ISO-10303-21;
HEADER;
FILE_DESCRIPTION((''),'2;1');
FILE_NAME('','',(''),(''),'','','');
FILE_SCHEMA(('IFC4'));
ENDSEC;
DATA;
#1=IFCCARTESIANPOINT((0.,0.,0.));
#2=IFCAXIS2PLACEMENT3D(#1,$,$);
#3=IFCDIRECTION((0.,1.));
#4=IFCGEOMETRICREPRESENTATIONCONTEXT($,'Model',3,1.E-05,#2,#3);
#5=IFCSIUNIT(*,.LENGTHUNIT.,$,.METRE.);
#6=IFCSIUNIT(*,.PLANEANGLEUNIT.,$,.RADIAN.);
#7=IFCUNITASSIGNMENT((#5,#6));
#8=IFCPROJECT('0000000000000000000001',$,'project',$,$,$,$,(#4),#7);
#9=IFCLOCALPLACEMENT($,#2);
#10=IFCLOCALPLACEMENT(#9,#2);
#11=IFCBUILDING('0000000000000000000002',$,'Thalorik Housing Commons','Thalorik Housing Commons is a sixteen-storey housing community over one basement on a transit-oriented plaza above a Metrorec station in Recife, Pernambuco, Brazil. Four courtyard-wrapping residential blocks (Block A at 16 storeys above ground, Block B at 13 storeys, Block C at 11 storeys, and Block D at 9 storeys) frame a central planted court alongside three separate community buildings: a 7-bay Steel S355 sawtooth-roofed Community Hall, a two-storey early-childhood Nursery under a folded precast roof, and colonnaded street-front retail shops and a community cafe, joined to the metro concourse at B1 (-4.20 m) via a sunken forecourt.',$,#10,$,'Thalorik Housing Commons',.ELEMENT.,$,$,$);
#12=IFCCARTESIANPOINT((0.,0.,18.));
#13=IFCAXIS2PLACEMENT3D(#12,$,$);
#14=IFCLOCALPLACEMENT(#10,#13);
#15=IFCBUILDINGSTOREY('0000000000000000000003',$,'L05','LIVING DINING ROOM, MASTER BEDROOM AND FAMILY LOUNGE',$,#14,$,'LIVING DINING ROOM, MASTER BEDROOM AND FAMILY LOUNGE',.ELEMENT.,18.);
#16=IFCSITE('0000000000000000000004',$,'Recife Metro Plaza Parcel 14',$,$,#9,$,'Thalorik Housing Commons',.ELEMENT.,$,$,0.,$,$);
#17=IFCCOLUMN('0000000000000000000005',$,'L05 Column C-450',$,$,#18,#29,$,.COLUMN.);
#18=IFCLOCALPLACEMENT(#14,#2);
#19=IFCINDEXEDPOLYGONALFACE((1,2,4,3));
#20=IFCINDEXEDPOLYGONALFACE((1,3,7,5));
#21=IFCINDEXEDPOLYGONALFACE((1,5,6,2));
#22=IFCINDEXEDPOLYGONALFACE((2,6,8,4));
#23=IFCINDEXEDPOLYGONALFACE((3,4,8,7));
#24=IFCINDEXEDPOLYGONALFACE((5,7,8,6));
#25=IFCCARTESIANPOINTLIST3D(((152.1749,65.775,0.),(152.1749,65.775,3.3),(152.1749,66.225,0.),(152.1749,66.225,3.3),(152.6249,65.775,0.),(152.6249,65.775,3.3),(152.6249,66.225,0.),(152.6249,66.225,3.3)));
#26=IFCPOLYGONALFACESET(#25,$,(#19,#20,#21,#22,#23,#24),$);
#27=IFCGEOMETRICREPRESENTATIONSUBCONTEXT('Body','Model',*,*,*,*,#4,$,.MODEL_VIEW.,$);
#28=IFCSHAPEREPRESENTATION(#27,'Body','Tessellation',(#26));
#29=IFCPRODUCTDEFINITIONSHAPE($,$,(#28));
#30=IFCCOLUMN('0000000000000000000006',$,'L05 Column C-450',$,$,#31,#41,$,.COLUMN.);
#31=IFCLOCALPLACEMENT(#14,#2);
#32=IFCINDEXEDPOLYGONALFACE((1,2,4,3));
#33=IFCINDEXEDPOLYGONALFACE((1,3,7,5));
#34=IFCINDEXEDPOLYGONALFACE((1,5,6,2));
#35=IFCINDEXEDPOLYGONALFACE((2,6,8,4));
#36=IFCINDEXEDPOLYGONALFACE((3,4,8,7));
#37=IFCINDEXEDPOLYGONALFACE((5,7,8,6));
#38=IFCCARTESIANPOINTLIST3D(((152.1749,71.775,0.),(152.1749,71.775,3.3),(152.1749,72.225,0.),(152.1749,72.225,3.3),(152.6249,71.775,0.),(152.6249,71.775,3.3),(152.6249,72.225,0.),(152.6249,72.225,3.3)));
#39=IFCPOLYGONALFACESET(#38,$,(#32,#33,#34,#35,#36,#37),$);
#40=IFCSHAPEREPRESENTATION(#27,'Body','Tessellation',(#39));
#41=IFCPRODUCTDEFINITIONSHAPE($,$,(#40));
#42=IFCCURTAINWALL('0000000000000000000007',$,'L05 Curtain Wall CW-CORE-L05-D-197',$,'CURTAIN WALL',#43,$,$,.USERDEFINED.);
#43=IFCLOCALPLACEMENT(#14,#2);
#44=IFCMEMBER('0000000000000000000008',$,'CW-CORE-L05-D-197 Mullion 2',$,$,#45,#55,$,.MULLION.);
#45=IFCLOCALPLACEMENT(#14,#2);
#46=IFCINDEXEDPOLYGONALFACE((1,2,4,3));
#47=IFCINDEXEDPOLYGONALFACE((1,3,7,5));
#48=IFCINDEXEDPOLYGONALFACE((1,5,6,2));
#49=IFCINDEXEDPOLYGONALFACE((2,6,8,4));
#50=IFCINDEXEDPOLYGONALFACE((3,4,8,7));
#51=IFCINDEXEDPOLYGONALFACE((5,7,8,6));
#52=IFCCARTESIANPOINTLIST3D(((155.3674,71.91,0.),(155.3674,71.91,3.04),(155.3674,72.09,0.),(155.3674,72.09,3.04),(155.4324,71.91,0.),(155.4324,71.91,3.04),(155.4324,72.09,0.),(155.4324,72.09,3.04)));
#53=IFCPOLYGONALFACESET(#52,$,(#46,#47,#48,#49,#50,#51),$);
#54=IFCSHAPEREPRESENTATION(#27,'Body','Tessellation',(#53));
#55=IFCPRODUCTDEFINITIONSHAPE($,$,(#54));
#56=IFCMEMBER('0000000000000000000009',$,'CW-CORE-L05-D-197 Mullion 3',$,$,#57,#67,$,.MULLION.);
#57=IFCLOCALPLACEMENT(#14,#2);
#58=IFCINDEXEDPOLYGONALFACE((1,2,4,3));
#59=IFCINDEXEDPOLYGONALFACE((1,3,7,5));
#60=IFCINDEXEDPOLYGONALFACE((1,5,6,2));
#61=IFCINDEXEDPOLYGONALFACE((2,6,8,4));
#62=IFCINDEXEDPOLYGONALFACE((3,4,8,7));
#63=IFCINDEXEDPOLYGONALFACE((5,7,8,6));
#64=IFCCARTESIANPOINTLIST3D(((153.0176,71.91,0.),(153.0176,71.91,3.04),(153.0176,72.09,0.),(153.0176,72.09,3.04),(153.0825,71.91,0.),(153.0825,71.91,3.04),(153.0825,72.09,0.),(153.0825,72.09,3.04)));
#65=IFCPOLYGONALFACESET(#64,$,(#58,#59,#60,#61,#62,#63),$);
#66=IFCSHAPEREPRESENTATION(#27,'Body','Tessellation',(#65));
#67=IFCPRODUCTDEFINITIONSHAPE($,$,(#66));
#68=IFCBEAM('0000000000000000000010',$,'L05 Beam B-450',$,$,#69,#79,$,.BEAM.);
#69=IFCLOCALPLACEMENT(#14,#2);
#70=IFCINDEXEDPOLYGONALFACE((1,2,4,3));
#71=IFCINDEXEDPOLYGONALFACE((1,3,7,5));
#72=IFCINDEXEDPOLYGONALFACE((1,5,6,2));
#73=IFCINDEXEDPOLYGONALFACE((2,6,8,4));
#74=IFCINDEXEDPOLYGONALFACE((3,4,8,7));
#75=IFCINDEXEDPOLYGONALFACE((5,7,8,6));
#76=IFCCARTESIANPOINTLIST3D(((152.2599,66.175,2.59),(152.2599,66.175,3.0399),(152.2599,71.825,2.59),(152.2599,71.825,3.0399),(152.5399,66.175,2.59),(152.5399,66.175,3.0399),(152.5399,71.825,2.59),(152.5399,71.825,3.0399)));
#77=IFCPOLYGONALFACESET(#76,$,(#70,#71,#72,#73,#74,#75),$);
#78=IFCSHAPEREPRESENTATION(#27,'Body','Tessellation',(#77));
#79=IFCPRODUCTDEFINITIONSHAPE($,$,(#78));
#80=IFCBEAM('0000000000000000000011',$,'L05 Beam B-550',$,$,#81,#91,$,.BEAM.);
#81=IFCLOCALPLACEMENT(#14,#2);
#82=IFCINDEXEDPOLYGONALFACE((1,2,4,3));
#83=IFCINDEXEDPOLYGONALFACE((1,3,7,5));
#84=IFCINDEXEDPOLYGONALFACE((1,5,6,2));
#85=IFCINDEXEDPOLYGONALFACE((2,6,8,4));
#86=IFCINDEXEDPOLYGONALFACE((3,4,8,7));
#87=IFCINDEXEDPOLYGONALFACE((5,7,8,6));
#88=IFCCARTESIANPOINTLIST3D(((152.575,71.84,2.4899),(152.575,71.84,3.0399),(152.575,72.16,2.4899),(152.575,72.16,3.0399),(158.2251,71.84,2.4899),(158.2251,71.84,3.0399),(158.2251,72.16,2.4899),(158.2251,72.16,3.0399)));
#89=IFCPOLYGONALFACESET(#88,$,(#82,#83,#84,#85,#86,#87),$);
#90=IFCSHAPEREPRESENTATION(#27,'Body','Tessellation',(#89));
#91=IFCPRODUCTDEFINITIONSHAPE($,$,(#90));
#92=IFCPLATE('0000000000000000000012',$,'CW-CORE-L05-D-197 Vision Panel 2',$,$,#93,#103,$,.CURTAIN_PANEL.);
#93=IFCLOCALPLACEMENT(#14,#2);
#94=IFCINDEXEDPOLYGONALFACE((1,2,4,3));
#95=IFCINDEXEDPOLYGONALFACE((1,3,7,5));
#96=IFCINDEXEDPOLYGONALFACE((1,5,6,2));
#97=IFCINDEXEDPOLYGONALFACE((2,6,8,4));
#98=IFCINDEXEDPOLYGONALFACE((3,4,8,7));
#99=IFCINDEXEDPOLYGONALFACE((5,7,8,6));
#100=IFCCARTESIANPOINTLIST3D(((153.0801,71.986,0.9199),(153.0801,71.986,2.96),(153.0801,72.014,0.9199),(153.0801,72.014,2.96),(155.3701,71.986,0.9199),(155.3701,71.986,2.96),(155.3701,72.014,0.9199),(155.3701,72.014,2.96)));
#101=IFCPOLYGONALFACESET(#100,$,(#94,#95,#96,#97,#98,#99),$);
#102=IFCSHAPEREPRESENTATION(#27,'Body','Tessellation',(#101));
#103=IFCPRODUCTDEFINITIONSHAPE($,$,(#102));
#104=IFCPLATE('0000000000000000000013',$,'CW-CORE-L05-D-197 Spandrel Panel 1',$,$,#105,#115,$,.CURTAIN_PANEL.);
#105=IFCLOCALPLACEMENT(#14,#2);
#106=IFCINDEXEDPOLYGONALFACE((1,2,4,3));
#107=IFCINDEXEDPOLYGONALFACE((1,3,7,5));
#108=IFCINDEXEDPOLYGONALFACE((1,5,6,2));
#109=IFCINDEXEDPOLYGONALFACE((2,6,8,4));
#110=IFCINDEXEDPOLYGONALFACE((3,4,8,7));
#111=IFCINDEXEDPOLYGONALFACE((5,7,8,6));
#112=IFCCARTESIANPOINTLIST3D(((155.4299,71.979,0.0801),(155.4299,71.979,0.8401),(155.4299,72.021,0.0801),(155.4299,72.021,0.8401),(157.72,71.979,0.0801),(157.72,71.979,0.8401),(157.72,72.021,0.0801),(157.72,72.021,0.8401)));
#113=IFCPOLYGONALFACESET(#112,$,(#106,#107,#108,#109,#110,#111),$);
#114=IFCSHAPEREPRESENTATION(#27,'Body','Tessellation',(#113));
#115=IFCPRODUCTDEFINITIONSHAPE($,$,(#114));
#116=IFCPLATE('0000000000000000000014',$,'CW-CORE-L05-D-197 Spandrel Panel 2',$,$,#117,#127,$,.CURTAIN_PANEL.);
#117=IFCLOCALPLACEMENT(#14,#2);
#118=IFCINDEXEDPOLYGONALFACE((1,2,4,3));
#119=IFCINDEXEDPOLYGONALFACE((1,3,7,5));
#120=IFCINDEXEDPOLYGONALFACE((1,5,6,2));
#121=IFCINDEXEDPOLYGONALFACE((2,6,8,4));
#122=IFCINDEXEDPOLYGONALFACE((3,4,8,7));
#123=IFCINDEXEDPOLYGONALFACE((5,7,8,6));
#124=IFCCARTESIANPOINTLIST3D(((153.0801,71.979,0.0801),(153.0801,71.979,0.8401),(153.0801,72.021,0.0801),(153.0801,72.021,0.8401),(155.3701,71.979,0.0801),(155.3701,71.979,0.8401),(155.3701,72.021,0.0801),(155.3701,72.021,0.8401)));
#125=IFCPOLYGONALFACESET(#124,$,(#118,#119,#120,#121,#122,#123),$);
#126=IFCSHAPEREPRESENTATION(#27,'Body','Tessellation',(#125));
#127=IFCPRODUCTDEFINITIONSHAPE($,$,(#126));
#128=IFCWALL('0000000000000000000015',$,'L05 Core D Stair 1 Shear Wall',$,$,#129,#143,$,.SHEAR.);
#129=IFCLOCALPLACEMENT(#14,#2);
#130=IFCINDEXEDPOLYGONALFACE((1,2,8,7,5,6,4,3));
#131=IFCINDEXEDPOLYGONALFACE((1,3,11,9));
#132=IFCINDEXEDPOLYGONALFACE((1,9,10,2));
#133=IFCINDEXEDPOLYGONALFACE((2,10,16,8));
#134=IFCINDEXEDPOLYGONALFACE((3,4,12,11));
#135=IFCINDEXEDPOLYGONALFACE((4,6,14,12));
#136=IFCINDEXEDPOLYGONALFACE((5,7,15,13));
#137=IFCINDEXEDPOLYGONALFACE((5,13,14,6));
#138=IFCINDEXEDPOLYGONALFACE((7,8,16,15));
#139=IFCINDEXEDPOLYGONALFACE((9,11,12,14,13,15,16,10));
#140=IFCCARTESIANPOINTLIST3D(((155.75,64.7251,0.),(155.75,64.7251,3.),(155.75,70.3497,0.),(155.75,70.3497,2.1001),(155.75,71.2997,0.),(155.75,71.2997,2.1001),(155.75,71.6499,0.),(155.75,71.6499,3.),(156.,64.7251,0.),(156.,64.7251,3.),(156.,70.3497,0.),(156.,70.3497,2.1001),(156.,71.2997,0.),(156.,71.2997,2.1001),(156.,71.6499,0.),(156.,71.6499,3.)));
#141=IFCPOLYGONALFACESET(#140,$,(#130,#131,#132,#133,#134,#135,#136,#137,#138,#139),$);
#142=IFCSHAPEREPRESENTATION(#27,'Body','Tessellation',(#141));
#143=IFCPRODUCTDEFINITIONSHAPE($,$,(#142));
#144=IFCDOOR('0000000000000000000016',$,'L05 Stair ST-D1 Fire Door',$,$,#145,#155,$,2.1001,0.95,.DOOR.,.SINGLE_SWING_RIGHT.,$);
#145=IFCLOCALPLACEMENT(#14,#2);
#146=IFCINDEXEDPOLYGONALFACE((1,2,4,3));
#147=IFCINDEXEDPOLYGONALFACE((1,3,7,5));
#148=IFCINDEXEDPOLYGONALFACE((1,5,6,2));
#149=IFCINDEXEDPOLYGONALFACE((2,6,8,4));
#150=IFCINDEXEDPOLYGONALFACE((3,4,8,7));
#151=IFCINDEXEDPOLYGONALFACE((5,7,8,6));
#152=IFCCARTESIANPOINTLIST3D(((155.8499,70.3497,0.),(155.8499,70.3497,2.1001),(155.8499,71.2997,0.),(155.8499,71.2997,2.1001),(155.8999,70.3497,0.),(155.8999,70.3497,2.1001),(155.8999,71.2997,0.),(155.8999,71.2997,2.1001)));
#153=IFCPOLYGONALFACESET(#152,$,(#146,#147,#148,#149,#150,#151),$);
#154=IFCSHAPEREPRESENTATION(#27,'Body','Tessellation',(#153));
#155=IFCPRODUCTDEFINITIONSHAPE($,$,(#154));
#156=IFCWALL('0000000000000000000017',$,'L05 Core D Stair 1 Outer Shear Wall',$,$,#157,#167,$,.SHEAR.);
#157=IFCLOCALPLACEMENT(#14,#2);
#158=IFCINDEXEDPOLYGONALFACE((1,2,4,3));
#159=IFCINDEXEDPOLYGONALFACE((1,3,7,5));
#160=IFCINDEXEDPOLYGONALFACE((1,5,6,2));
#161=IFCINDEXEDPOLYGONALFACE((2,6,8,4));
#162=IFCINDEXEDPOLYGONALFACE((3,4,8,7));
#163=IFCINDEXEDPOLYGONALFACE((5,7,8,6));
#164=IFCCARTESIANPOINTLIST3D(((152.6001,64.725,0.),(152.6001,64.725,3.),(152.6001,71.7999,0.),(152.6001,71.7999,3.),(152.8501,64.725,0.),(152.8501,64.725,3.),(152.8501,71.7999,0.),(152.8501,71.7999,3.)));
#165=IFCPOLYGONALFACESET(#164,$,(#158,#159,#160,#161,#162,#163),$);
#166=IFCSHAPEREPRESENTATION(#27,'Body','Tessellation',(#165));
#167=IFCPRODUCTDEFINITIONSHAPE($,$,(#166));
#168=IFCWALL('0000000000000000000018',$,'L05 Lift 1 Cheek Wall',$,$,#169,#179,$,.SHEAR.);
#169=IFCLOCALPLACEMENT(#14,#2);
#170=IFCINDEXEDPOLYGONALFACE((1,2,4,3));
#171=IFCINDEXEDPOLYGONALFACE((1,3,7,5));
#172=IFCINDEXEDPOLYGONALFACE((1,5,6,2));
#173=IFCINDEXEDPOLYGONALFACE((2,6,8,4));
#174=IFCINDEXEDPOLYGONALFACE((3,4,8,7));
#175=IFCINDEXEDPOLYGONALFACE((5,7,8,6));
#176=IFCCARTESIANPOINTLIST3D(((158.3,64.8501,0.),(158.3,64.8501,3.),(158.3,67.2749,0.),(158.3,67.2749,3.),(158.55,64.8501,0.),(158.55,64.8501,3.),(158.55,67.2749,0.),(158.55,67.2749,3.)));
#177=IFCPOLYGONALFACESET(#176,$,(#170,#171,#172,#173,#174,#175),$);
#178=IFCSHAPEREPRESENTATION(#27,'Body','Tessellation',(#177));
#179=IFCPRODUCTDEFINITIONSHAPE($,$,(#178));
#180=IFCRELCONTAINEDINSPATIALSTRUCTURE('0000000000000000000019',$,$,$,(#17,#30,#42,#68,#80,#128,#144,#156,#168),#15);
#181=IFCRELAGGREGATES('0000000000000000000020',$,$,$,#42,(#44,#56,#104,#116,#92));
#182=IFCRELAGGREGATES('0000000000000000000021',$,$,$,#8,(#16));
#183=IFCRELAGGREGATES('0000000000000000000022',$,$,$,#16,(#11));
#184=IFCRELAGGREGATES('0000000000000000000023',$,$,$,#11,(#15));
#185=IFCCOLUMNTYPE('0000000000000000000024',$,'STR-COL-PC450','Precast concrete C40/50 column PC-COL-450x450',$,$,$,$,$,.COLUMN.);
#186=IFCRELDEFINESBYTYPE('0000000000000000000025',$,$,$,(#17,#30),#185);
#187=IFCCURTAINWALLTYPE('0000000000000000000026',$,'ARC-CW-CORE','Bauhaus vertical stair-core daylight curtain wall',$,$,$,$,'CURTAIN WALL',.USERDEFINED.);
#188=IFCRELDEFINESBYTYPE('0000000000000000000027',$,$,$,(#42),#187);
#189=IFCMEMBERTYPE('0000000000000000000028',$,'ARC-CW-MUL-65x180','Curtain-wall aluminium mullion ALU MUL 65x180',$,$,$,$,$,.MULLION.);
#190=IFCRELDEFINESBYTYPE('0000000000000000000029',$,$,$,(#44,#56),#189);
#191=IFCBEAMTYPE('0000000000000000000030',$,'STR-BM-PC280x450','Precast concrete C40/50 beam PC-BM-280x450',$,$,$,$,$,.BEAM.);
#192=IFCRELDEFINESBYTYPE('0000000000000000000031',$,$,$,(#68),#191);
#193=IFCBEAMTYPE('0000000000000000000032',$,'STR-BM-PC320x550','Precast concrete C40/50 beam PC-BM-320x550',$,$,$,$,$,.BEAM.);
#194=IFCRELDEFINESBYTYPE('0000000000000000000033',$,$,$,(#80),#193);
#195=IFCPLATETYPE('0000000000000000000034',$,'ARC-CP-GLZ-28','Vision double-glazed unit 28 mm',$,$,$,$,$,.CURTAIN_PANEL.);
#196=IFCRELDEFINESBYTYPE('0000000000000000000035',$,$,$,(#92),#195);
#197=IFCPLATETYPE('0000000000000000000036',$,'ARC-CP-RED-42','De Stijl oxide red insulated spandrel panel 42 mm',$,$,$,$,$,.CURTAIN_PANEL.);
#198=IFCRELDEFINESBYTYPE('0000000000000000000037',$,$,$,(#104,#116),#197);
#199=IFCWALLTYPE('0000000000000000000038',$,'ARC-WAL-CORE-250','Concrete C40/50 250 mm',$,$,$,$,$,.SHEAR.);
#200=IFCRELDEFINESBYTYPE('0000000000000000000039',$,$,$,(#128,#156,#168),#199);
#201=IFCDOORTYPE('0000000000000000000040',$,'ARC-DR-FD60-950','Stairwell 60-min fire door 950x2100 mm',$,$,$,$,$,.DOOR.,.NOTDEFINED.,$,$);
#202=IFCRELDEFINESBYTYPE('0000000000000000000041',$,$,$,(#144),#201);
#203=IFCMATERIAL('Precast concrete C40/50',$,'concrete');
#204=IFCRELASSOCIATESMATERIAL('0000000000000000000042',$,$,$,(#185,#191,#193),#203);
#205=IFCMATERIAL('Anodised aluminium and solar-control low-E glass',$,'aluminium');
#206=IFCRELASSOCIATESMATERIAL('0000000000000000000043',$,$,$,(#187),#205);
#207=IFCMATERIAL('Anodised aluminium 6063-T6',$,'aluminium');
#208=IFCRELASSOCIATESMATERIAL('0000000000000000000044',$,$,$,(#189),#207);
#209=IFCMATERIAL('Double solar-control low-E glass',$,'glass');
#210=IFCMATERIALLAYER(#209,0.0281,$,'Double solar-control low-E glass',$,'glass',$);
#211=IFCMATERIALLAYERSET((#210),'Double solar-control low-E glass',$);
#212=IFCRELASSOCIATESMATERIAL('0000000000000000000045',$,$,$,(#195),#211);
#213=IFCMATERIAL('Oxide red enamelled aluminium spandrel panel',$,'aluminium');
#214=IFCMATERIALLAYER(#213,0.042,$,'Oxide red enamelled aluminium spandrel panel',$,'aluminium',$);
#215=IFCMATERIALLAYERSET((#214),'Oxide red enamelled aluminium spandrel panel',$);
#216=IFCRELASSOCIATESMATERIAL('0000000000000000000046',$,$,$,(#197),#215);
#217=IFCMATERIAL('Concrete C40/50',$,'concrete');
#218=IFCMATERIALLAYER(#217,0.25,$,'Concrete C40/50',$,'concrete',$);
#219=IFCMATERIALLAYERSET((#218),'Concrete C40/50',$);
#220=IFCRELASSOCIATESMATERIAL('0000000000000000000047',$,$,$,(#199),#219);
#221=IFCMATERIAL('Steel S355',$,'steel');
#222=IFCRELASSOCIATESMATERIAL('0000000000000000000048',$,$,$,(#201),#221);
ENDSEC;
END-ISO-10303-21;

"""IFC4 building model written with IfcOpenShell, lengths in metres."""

from ifc_helpers import new_model, si_unit, direction, frame, frame_2d, origin, origin_2d, place, context, subcontext, project, spatial, rectangle, extrude, material, layer, layer_set, material_profile, profile_set, type_object, element, fill, aggregate, save


model = new_model("IFC4")

# Units and contexts
model_context = context("Model", 3, precision=1e-05, world=origin(), true_north=direction((0.0, 1.0)))
body_context = subcontext(model_context, "Body", "Model", "MODEL_VIEW")
ifc_project = project(units=[si_unit("LENGTHUNIT", "METRE"), si_unit("PLANEANGLEUNIT", "RADIAN")], contexts=[model_context])

# Site, building, storey
site_placement = place(None, origin())
site = spatial("IfcSite", under=ifc_project, at=site_placement, Name="Recife Metro Plaza Parcel 14", LongName="Thalorik Housing Commons", CompositionType="ELEMENT", RefElevation=0.0)
building_placement = place(site_placement, origin())
building = spatial("IfcBuilding", under=site, at=building_placement, Name="Thalorik Housing Commons", Description="Thalorik Housing Commons is a sixteen-storey housing community over one basement on a transit-oriented plaza above a Metrorec station in Recife, Pernambuco, Brazil. Four courtyard-wrapping residential blocks (Block A at 16 storeys above ground, Block B at 13 storeys, Block C at 11 storeys, and Block D at 9 storeys) frame a central planted court alongside three separate community buildings: a 7-bay Steel S355 sawtooth-roofed Community Hall, a two-storey early-childhood Nursery under a folded precast roof, and colonnaded street-front retail shops and a community cafe, joined to the metro concourse at B1 (-4.20 m) via a sunken forecourt.", LongName="Thalorik Housing Commons", CompositionType="ELEMENT")
storey_placement = place(building_placement, frame((0.0, 0.0, 18.0)))
storey = spatial("IfcBuildingStorey", under=building, at=storey_placement, Name="L05", Description="LIVING DINING ROOM, MASTER BEDROOM AND FAMILY LOUNGE", LongName="LIVING DINING ROOM, MASTER BEDROOM AND FAMILY LOUNGE", CompositionType="ELEMENT", Elevation=18.0)

# Columns
ifc_material_1 = material(Name="Precast concrete C40/50", Category="concrete")
ifc_material_profile_1 = material_profile(ifc_material_1, rectangle(XDim=0.45, YDim=0.45, at=origin_2d()), Name="PC 450x450", Category="concrete")
ifc_profile_set_1 = profile_set([ifc_material_profile_1], Name="Precast concrete C40/50")
column_type = type_object("IfcColumnType", Name="STR-COL-PC450", Description="Precast concrete C40/50 column PC-COL-450x450", PredefinedType="COLUMN", material=ifc_profile_set_1)
for number, where, z_axis, x_axis, name in (
    (1, (152.3999, 66.0, 0.0), (0.0, 0.0, 1.0), (1.0, 0.0, 0.0), "L05 Column C-450"),
    (2, (152.3999, 72.0, 0.0), (0.0, 0.0, 1.0), (1.0, 0.0, 0.0), "L05 Column C-450"),
):
    element("IfcColumn", number, at=place(storey_placement, frame(where, z_axis=z_axis, x_axis=x_axis)), inside=storey, type_object=column_type, Name=name, PredefinedType="COLUMN", context=body_context, shape_type="SweptSolid", body=[
        extrude(rectangle(XDim=0.45, YDim=0.45, at=origin_2d()), origin(), (0.0, 0.0, 1.0), 3.3),
    ])

# Curtain wall, members
ifc_material_2 = material(Name="Anodised aluminium and solar-control low-E glass", Category="aluminium")
curtain_wall_type = type_object("IfcCurtainWallType", Name="ARC-CW-CORE", Description="Bauhaus vertical stair-core daylight curtain wall", ElementType="CURTAIN WALL", PredefinedType="USERDEFINED", material=ifc_material_2)
curtain_wall_placement = place(storey_placement, origin())
curtain_wall = element("IfcCurtainWall", 3, at=curtain_wall_placement, inside=storey, type_object=curtain_wall_type, Name="L05 Curtain Wall CW-CORE-L05-D-197", ObjectType="CURTAIN WALL", PredefinedType="USERDEFINED")
ifc_material_3 = material(Name="Anodised aluminium 6063-T6", Category="aluminium")
ifc_material_profile_2 = material_profile(ifc_material_3, rectangle(XDim=0.0649, YDim=0.1799, at=origin_2d()), Name="ALU MUL 65x180", Category="aluminium")
ifc_profile_set_2 = profile_set([ifc_material_profile_2], Name="Anodised aluminium 6063-T6")
member_type = type_object("IfcMemberType", Name="ARC-CW-MUL-65x180", Description="Curtain-wall aluminium mullion ALU MUL 65x180", PredefinedType="MULLION", material=ifc_profile_set_2)
member_1_placement = place(storey_placement, frame((155.3999, 72.0, 0.0), z_axis=(0.0, 0.0, 1.0), x_axis=(-1.0, 0.0, 0.0)))
member_1 = element("IfcMember", 4, at=member_1_placement, type_object=member_type, Name="CW-CORE-L05-D-197 Mullion 2", PredefinedType="MULLION", context=body_context, shape_type="SweptSolid", body=[
    extrude(rectangle(XDim=0.0649, YDim=0.1799, at=origin_2d()), origin(), (0.0, 0.0, 1.0), 3.04),
])
member_2_placement = place(storey_placement, frame((153.05, 72.0, 0.0), z_axis=(0.0, 0.0, 1.0), x_axis=(-1.0, 0.0, 0.0)))
member_2 = element("IfcMember", 5, at=member_2_placement, type_object=member_type, Name="CW-CORE-L05-D-197 Mullion 3", PredefinedType="MULLION", context=body_context, shape_type="SweptSolid", body=[
    extrude(rectangle(XDim=0.0649, YDim=0.1799, at=origin_2d()), origin(), (0.0, 0.0, 1.0), 3.04),
])

# Beams
ifc_material_profile_3 = material_profile(ifc_material_1, rectangle(XDim=0.28, YDim=0.45, at=origin_2d()), Name="PC 280x450", Category="concrete")
ifc_profile_set_3 = profile_set([ifc_material_profile_3], Name="Precast concrete C40/50")
beam_type_1 = type_object("IfcBeamType", Name="STR-BM-PC280x450", Description="Precast concrete C40/50 beam PC-BM-280x450", PredefinedType="BEAM", material=ifc_profile_set_3)
beam_1_placement = place(storey_placement, frame((152.3999, 66.175, 2.8149), z_axis=(0.0, 1.0, 0.0), x_axis=(-1.0, 0.0, 0.0)))
element("IfcBeam", 6, at=beam_1_placement, inside=storey, type_object=beam_type_1, Name="L05 Beam B-450", PredefinedType="BEAM", context=body_context, shape_type="SweptSolid", body=[
    extrude(rectangle(XDim=0.28, YDim=0.45, at=origin_2d()), origin(), (0.0, 0.0, 1.0), 5.6499),
])
ifc_material_profile_4 = material_profile(ifc_material_1, rectangle(XDim=0.3201, YDim=0.55, at=origin_2d()), Name="PC 320x550", Category="concrete")
ifc_profile_set_4 = profile_set([ifc_material_profile_4], Name="Precast concrete C40/50")
beam_type_2 = type_object("IfcBeamType", Name="STR-BM-PC320x550", Description="Precast concrete C40/50 beam PC-BM-320x550", PredefinedType="BEAM", material=ifc_profile_set_4)
beam_2_placement = place(storey_placement, frame((152.575, 72.0, 2.7649), z_axis=(1.0, 0.0, 0.0), x_axis=(0.0, 1.0, 0.0)))
element("IfcBeam", 7, at=beam_2_placement, inside=storey, type_object=beam_type_2, Name="L05 Beam B-550", PredefinedType="BEAM", context=body_context, shape_type="SweptSolid", body=[
    extrude(rectangle(XDim=0.3201, YDim=0.55, at=origin_2d()), origin(), (0.0, 0.0, 1.0), 5.6501),
])

# Plates
ifc_material_4 = material(Name="Double solar-control low-E glass", Category="glass")
ifc_layer_1 = layer(ifc_material_4, 0.0281, Name="Double solar-control low-E glass", Category="glass")
ifc_layer_set_1 = layer_set([ifc_layer_1], Name="Double solar-control low-E glass")
plate_type_1 = type_object("IfcPlateType", Name="ARC-CP-GLZ-28", Description="Vision double-glazed unit 28 mm", PredefinedType="CURTAIN_PANEL", material=ifc_layer_set_1)
plate_1_placement = place(storey_placement, frame((154.2251, 72.0, 0.9199), z_axis=(0.0, 0.0, 1.0), x_axis=(-1.0, 0.0, 0.0)))
plate_1 = element("IfcPlate", 8, at=plate_1_placement, type_object=plate_type_1, Name="CW-CORE-L05-D-197 Vision Panel 2", PredefinedType="CURTAIN_PANEL", context=body_context, shape_type="SweptSolid", body=[
    extrude(rectangle(XDim=2.29, YDim=0.0281, at=origin_2d()), origin(), (0.0, 0.0, 1.0), 2.04),
])
ifc_material_5 = material(Name="Oxide red enamelled aluminium spandrel panel", Category="aluminium")
ifc_layer_2 = layer(ifc_material_5, 0.042, Name="Oxide red enamelled aluminium spandrel panel", Category="aluminium")
ifc_layer_set_2 = layer_set([ifc_layer_2], Name="Oxide red enamelled aluminium spandrel panel")
plate_type_2 = type_object("IfcPlateType", Name="ARC-CP-RED-42", Description="De Stijl oxide red insulated spandrel panel 42 mm", PredefinedType="CURTAIN_PANEL", material=ifc_layer_set_2)
plate_2_placement = place(storey_placement, frame((156.575, 72.0, 0.0801), z_axis=(0.0, 0.0, 1.0), x_axis=(-1.0, 0.0, 0.0)))
plate_2 = element("IfcPlate", 9, at=plate_2_placement, type_object=plate_type_2, Name="CW-CORE-L05-D-197 Spandrel Panel 1", PredefinedType="CURTAIN_PANEL", context=body_context, shape_type="SweptSolid", body=[
    extrude(rectangle(XDim=2.29, YDim=0.042, at=origin_2d()), origin(), (0.0, 0.0, 1.0), 0.76),
])
plate_3_placement = place(storey_placement, frame((154.2251, 72.0, 0.0801), z_axis=(0.0, 0.0, 1.0), x_axis=(-1.0, 0.0, 0.0)))
plate_3 = element("IfcPlate", 10, at=plate_3_placement, type_object=plate_type_2, Name="CW-CORE-L05-D-197 Spandrel Panel 2", PredefinedType="CURTAIN_PANEL", context=body_context, shape_type="SweptSolid", body=[
    extrude(rectangle(XDim=2.29, YDim=0.042, at=origin_2d()), origin(), (0.0, 0.0, 1.0), 0.76),
])
aggregate(curtain_wall, [member_1, member_2, plate_2, plate_3, plate_1])

# Wall, opening, door
ifc_material_6 = material(Name="Concrete C40/50", Category="concrete")
ifc_layer_3 = layer(ifc_material_6, 0.25, Name="Concrete C40/50", Category="concrete")
ifc_layer_set_3 = layer_set([ifc_layer_3], Name="Concrete C40/50")
wall_type_1 = type_object("IfcWallType", Name="ARC-WAL-CORE-250", Description="Concrete C40/50 250 mm", PredefinedType="SHEAR", material=ifc_layer_set_3)
wall_1_placement = place(storey_placement, frame((155.875, 71.6499, 0.0), z_axis=(0.0, 0.0, 1.0), x_axis=(0.0, -1.0, 0.0)))
wall_1 = element("IfcWall", 11, at=wall_1_placement, inside=storey, type_object=wall_type_1, Name="L05 Core D Stair 1 Shear Wall", PredefinedType="SHEAR", context=body_context, shape_type="SweptSolid", body=[
    extrude(rectangle(XDim=6.9248, YDim=0.25, at=frame_2d((3.4624, 0.0))), origin(), (0.0, 0.0, 1.0), 3.0),
])
opening_1_placement = place(wall_1_placement, frame((0.3501, 0.0, 0.0)))
opening_1 = element("IfcOpeningElement", 12, at=opening_1_placement, cuts=wall_1, PredefinedType="OPENING", context=body_context, shape_type="SweptSolid", body=[
    extrude(rectangle(XDim=0.95, YDim=2.1001, at=frame_2d((0.4751, 1.05))), frame((0.0, 0.135, 0.0), z_axis=(0.0, -1.0, 0.0), x_axis=(1.0, 0.0, 0.0)), (0.0, 0.0, 1.0), 0.27),
])
ifc_material_7 = material(Name="Steel S355", Category="steel")
door_type_1 = type_object("IfcDoorType", Name="ARC-DR-FD60-950", Description="Stairwell 60-min fire door 950x2100 mm", OperationType="NOTDEFINED", PredefinedType="DOOR", material=ifc_material_7)
door_1_placement = place(opening_1_placement, origin())
door_1 = element("IfcDoor", 13, at=door_1_placement, inside=storey, type_object=door_type_1, Name="L05 Stair ST-D1 Fire Door", OperationType="SINGLE_SWING_RIGHT", OverallHeight=2.1001, OverallWidth=0.95, PredefinedType="DOOR", context=body_context, shape_type="SweptSolid", body=[
    extrude(rectangle(XDim=0.95, YDim=2.1001, at=frame_2d((0.4751, 1.05))), frame((0.0, 0.0249, 0.0), z_axis=(0.0, -1.0, 0.0), x_axis=(1.0, 0.0, 0.0)), (0.0, 0.0, 1.0), 0.05),
])
fill(opening_1, door_1)

# Wall
wall_2_placement = place(storey_placement, frame((152.7251, 71.8, 0.0), z_axis=(0.0, 0.0, 1.0), x_axis=(0.0, -1.0, 0.0)))
element("IfcWall", 14, at=wall_2_placement, inside=storey, type_object=wall_type_1, Name="L05 Core D Stair 1 Outer Shear Wall", PredefinedType="SHEAR", context=body_context, shape_type="SweptSolid", body=[
    extrude(rectangle(XDim=7.075, YDim=0.25, at=frame_2d((3.5376, 0.0))), origin(), (0.0, 0.0, 1.0), 3.0),
])

# Wall
for number, where, z_axis, x_axis, name in (
    (15, (158.425, 67.2749, 0.0), (0.0, 0.0, 1.0), (0.0, -1.0, 0.0), "L05 Lift 1 Cheek Wall"),
):
    element("IfcWall", number, at=place(storey_placement, frame(where, z_axis=z_axis, x_axis=x_axis)), inside=storey, type_object=wall_type_1, Name=name, PredefinedType="SHEAR", context=body_context, shape_type="SweptSolid", body=[
        extrude(rectangle(XDim=2.4248, YDim=0.25, at=frame_2d((1.2124, 0.0))), origin(), (0.0, 0.0, 1.0), 3.0),
    ])

save(model, "model.ifc")
